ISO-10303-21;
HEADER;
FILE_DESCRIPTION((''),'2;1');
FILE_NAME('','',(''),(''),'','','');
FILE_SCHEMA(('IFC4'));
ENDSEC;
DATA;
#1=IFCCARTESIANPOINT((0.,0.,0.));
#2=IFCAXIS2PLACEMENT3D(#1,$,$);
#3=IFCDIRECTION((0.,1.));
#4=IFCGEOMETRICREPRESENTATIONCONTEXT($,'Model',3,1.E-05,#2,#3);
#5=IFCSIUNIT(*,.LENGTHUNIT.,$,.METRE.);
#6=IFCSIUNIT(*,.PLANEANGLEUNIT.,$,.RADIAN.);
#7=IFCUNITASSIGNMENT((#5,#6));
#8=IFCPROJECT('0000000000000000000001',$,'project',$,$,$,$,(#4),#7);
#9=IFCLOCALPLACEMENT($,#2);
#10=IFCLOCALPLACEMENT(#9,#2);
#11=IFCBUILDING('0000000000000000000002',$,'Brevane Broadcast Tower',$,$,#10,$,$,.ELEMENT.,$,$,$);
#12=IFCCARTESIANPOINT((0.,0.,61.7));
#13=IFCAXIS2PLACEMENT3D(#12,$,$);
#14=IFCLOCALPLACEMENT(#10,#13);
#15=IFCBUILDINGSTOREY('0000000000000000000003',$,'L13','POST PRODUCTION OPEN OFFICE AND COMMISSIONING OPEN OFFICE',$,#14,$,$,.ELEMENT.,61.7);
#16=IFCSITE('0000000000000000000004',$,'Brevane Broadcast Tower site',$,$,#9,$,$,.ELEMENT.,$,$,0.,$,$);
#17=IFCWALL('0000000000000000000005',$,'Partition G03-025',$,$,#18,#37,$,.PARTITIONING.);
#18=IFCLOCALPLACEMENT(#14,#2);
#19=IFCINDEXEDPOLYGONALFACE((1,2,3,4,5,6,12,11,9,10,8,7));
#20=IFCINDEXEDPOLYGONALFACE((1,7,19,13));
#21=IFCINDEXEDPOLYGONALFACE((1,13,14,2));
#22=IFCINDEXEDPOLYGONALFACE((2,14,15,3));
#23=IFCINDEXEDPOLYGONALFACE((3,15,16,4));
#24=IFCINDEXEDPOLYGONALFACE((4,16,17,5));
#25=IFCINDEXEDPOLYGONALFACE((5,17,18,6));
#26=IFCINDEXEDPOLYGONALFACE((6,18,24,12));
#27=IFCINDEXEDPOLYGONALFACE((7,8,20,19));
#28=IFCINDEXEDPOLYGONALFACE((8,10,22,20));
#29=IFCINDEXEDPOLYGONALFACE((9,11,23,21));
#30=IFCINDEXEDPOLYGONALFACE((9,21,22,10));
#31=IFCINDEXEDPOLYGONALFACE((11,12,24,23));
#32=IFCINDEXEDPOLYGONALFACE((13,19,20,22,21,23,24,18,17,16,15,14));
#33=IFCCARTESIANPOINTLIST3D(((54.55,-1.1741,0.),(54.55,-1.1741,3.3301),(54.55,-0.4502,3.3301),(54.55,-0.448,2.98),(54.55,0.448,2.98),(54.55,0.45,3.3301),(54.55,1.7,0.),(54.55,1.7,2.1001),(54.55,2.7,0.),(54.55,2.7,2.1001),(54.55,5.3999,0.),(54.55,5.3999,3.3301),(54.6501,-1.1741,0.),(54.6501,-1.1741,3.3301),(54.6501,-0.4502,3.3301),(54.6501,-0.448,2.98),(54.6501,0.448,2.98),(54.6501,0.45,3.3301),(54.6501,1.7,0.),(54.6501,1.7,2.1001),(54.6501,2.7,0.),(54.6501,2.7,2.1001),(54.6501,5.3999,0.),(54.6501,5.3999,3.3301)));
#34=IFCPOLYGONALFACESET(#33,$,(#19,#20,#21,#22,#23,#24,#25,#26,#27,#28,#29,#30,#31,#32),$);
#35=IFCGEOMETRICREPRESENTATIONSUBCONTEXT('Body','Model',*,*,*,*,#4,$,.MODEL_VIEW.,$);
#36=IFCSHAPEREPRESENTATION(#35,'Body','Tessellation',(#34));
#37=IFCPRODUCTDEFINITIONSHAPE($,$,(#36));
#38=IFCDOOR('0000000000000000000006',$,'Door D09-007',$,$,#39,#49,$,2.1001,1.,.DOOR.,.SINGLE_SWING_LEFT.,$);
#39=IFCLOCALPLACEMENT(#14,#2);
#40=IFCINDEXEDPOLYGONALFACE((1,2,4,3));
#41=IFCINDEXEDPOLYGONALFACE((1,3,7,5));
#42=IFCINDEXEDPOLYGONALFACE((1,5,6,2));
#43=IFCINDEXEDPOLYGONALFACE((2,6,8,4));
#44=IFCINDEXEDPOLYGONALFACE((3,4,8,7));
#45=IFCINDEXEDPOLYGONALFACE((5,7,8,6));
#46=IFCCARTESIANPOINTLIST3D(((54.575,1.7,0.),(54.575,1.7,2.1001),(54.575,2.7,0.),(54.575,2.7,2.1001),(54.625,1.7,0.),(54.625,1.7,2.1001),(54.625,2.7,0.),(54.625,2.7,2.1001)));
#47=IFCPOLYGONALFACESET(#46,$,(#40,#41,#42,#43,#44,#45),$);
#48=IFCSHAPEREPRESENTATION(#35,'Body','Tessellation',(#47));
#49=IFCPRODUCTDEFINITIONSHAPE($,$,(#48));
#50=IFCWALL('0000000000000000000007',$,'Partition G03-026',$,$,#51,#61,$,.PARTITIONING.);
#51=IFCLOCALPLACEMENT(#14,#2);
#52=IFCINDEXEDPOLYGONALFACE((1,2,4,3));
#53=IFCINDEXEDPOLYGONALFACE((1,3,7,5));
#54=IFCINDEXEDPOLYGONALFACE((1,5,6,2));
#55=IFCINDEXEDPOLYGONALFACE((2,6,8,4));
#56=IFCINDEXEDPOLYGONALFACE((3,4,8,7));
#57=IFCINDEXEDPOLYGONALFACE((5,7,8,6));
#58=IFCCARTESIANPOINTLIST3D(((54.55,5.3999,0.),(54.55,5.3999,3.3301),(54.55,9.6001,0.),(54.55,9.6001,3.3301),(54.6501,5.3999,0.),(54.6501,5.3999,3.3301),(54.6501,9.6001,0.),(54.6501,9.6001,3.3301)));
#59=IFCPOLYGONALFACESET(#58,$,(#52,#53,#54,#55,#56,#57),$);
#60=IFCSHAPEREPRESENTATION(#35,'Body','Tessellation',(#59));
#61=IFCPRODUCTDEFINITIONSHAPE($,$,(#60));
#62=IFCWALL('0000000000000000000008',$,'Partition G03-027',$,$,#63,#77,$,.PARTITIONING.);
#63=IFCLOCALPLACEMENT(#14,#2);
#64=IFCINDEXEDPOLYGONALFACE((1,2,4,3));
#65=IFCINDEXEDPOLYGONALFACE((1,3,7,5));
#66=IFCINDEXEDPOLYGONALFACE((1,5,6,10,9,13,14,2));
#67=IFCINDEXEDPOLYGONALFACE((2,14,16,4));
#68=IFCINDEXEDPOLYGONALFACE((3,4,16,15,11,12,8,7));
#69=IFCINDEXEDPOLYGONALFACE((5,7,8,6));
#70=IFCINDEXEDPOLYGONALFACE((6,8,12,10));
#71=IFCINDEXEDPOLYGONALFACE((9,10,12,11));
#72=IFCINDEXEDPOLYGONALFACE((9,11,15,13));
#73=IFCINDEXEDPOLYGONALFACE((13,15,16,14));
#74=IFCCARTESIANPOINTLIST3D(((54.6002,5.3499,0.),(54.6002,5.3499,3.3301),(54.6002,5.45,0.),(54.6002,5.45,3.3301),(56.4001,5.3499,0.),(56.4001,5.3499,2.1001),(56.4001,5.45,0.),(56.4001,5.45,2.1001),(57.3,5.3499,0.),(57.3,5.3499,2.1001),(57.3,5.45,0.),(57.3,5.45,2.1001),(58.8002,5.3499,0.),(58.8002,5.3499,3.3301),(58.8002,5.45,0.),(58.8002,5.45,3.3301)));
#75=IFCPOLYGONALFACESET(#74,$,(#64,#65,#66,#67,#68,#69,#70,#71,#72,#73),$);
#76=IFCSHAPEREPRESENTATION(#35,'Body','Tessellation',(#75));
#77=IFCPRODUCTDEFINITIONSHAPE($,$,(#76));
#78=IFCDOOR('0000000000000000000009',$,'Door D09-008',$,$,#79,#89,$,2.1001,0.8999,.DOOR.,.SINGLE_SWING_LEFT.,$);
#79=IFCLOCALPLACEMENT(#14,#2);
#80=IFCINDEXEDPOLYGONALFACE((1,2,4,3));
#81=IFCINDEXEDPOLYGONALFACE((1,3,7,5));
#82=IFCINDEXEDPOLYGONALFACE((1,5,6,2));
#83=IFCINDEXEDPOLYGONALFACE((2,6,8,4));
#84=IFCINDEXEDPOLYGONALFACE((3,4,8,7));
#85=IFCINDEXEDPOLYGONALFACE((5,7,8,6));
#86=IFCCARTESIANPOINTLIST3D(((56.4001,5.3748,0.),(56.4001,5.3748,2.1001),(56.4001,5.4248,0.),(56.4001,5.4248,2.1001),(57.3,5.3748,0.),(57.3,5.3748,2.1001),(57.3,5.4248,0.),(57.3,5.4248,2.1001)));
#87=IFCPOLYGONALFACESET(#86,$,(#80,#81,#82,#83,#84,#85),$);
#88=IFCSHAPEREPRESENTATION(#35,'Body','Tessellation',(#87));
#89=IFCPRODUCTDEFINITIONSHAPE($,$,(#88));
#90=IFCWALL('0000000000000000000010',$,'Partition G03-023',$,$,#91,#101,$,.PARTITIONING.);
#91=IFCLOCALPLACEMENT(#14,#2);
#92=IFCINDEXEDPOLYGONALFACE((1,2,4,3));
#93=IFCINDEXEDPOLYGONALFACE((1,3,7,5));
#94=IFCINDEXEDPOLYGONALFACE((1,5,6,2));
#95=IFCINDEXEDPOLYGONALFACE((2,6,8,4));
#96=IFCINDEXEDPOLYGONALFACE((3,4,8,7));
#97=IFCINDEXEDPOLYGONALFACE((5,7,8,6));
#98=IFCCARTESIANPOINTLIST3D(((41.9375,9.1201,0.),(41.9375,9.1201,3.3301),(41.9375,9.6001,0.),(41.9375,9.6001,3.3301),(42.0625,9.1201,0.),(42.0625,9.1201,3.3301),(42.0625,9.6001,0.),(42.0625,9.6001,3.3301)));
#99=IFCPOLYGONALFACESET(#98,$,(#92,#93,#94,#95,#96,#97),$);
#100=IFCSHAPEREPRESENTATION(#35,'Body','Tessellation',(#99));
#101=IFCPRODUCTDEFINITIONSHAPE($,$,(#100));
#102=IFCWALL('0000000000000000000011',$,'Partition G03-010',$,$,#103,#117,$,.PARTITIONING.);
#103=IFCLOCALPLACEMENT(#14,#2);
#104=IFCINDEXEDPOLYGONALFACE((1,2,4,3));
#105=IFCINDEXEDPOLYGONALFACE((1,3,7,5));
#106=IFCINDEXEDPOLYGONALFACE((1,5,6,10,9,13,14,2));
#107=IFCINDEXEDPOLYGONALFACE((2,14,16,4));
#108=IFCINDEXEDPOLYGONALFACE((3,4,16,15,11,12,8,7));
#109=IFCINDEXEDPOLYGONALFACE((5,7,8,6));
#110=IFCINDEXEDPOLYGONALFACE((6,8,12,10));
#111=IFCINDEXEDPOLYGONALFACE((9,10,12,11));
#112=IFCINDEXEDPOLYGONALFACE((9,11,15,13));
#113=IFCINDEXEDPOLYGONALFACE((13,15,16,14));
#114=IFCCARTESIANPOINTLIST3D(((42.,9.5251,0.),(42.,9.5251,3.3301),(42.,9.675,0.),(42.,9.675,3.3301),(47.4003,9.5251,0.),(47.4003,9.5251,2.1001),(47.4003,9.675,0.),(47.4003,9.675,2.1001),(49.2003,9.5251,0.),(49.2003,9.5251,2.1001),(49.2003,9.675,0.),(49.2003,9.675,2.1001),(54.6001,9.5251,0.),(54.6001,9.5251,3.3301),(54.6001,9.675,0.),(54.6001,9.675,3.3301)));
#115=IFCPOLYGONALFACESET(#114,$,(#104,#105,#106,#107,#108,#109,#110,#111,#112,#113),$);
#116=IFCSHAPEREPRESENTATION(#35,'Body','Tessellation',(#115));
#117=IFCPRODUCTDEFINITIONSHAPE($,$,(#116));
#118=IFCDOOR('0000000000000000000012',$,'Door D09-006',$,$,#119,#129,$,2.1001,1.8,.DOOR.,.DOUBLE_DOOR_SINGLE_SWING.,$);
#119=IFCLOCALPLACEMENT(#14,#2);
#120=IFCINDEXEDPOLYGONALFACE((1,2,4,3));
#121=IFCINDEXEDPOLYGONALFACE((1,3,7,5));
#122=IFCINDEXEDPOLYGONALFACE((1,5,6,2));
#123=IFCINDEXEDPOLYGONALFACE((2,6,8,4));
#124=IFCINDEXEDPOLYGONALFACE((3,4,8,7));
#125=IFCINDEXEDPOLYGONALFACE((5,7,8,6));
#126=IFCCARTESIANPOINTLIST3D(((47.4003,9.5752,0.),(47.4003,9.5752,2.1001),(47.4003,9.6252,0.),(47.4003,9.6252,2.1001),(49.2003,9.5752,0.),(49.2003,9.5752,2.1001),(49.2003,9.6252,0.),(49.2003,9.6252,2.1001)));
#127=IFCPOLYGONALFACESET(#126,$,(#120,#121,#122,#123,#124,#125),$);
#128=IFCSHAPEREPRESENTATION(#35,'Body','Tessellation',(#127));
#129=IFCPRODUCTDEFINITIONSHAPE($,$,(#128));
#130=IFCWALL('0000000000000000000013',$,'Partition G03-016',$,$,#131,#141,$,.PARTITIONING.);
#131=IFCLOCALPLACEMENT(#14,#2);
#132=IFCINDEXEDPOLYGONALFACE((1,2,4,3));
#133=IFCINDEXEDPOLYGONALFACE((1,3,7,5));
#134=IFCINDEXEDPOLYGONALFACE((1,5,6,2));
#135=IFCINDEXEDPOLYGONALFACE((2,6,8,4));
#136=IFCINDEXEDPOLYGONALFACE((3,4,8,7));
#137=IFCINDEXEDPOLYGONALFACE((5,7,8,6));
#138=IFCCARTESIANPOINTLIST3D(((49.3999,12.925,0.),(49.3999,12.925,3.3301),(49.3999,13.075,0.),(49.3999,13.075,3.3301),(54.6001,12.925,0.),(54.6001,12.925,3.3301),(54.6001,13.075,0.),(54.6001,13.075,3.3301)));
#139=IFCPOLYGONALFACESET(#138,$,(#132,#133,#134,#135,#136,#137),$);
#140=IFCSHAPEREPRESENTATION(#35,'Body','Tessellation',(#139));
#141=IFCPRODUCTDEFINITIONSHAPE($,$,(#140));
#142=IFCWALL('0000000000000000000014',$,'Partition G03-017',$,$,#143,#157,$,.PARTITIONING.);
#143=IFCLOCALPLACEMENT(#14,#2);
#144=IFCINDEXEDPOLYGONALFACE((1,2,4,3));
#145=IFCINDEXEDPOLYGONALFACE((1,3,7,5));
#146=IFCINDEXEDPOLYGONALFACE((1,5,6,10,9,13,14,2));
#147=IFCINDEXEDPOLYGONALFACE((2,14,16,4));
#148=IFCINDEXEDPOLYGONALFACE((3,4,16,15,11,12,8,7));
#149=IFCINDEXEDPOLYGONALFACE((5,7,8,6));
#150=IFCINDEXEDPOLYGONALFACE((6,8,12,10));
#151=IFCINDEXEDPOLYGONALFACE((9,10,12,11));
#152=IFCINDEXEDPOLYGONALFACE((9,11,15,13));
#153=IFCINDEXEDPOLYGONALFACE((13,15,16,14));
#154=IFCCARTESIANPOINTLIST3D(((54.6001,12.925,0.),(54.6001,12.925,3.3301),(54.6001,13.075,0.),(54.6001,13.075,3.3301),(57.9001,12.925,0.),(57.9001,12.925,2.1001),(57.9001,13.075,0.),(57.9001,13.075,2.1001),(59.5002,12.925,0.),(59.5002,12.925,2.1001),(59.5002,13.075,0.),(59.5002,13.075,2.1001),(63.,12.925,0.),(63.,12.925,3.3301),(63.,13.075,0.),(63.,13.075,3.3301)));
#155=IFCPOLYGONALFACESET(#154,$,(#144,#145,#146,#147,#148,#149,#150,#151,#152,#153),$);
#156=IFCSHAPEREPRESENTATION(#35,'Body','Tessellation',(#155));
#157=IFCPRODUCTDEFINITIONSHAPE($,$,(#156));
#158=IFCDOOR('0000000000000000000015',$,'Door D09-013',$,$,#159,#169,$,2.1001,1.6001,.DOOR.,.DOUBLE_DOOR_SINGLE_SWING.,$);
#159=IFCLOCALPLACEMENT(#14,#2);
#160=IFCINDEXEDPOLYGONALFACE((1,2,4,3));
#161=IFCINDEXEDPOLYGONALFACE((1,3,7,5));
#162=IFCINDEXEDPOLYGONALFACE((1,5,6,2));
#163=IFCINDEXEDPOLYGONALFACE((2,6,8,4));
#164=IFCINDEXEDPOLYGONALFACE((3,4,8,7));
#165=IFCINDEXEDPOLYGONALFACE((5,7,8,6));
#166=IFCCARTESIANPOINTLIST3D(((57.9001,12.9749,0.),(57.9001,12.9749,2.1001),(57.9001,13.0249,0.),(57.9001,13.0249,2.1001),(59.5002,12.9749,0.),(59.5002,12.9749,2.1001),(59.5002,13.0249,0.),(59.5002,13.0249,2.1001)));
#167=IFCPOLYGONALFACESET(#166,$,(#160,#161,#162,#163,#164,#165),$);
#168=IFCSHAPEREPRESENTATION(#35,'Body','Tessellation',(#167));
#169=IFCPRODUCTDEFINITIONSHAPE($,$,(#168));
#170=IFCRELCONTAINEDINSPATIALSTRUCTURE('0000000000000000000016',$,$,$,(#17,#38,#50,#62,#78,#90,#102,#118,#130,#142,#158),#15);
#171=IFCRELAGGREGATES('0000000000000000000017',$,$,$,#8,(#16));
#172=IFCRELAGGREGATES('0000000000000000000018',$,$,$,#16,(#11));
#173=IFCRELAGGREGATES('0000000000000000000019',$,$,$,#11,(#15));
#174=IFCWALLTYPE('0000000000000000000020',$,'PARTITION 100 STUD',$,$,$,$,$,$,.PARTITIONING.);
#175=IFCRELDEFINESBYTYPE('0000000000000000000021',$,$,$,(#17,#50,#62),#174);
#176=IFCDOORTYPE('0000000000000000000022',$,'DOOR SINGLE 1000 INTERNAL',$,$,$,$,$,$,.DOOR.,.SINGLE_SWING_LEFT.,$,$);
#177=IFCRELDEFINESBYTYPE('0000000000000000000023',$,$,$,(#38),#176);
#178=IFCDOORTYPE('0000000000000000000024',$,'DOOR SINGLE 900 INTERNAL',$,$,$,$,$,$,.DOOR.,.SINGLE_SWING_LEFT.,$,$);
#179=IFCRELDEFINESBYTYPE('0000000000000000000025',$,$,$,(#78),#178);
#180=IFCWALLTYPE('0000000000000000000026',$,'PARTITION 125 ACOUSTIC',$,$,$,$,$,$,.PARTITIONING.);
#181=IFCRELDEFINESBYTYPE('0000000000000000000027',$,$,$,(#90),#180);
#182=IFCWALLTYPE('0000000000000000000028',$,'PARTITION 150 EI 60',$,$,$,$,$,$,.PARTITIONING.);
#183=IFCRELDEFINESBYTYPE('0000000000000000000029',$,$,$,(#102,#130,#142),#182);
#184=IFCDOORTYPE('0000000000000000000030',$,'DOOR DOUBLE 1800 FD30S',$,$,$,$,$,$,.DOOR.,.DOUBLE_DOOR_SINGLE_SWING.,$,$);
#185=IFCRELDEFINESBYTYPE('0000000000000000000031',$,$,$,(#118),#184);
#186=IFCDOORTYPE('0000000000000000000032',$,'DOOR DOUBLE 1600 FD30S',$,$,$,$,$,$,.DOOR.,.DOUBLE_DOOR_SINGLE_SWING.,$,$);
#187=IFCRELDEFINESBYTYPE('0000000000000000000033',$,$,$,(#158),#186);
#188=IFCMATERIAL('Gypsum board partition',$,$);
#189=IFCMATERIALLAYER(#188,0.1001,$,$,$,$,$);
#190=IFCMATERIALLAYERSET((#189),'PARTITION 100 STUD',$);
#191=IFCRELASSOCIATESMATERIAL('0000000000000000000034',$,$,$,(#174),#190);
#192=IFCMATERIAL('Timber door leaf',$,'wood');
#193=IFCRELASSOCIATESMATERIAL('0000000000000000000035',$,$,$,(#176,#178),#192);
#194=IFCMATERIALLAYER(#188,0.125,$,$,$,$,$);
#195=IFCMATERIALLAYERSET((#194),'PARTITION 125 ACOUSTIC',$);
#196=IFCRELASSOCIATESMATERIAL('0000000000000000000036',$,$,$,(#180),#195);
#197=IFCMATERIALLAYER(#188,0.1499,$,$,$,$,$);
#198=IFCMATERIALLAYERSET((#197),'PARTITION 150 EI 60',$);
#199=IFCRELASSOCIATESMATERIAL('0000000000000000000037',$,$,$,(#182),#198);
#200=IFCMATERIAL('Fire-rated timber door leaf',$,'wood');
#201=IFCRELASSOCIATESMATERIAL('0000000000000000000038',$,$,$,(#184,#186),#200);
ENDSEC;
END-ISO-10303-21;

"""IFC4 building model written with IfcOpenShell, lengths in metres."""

from ifc_helpers import new_model, si_unit, direction, frame, frame_2d, origin, place, context, subcontext, project, spatial, polyline, rectangle, outline, extrude, material, layer, layer_set, type_object, element, fill, save


model = new_model("IFC4")

# Units and contexts
model_context = context("Model", 3, precision=1e-05, world=origin(), true_north=direction((0.0, 1.0)))
body_context = subcontext(model_context, "Body", "Model", "MODEL_VIEW")
ifc_project = project(units=[si_unit("LENGTHUNIT", "METRE"), si_unit("PLANEANGLEUNIT", "RADIAN")], contexts=[model_context])

# Site, building, storey
site_placement = place(None, origin())
site = spatial("IfcSite", under=ifc_project, at=site_placement, Name="Brevane Broadcast Tower site", CompositionType="ELEMENT", RefElevation=0.0)
building_placement = place(site_placement, origin())
building = spatial("IfcBuilding", under=site, at=building_placement, Name="Brevane Broadcast Tower", CompositionType="ELEMENT")
storey_placement = place(building_placement, frame((0.0, 0.0, 61.7)))
storey = spatial("IfcBuildingStorey", under=building, at=storey_placement, Name="L13", Description="POST PRODUCTION OPEN OFFICE AND COMMISSIONING OPEN OFFICE", CompositionType="ELEMENT", Elevation=61.7)

# Wall, opening, door
ifc_material_1 = material(Name="Gypsum board partition")
ifc_layer_1 = layer(ifc_material_1, 0.1001)
ifc_layer_set_1 = layer_set([ifc_layer_1], Name="PARTITION 100 STUD")
wall_type_1 = type_object("IfcWallType", Name="PARTITION 100 STUD", PredefinedType="PARTITIONING", material=ifc_layer_set_1)
wall_1_placement = place(storey_placement, frame((54.6001, 5.3999, 0.0), z_axis=(0.0, 0.0, 1.0), x_axis=(0.0, -1.0, 0.0)))
wall_1 = element("IfcWall", 1, at=wall_1_placement, inside=storey, type_object=wall_type_1, Name="Partition G03-025", PredefinedType="PARTITIONING", context=body_context, shape_type="SweptSolid", body=[
    extrude(outline(polyline([(0.0, 0.0), (6.574, 0.0), (6.574, 3.3301), (6.5, 3.3301), (5.8501, 3.3301), (5.8479, 2.98), (4.9519, 2.98), (4.95, 3.3301), (0.0, 3.3301), (0.0, 0.0)])), frame((0.0, 0.05, 0.0), z_axis=(0.0, -1.0, 0.0), x_axis=(1.0, 0.0, 0.0)), (0.0, 0.0, 1.0), 0.1001),
])
opening_1_placement = place(wall_1_placement, frame((2.7, 0.0, 0.0)))
opening_1 = element("IfcOpeningElement", 2, at=opening_1_placement, cuts=wall_1, PredefinedType="OPENING", context=body_context, shape_type="SweptSolid", body=[
    extrude(rectangle(XDim=1.0, YDim=2.1001, at=frame_2d((0.5, 1.05))), frame((0.0, 0.0601, 0.0), z_axis=(0.0, -1.0, 0.0), x_axis=(1.0, 0.0, 0.0)), (0.0, 0.0, 1.0), 0.1201),
])
ifc_material_2 = material(Name="Timber door leaf", Category="wood")
door_type_1 = type_object("IfcDoorType", Name="DOOR SINGLE 1000 INTERNAL", OperationType="SINGLE_SWING_LEFT", PredefinedType="DOOR", material=ifc_material_2)
door_1_placement = place(opening_1_placement, origin())
door_1 = element("IfcDoor", 3, at=door_1_placement, inside=storey, type_object=door_type_1, Name="Door D09-007", OperationType="SINGLE_SWING_LEFT", OverallHeight=2.1001, OverallWidth=1.0, PredefinedType="DOOR", context=body_context, shape_type="SweptSolid", body=[
    extrude(rectangle(XDim=1.0, YDim=2.1001, at=frame_2d((0.5, 1.05))), frame((0.0, 0.0249, 0.0), z_axis=(0.0, -1.0, 0.0), x_axis=(1.0, 0.0, 0.0)), (0.0, 0.0, 1.0), 0.05),
])
fill(opening_1, door_1)

# Wall
wall_2_placement = place(storey_placement, frame((54.6001, 9.6001, 0.0), z_axis=(0.0, 0.0, 1.0), x_axis=(0.0, -1.0, 0.0)))
element("IfcWall", 4, at=wall_2_placement, inside=storey, type_object=wall_type_1, Name="Partition G03-026", PredefinedType="PARTITIONING", context=body_context, shape_type="SweptSolid", body=[
    extrude(rectangle(XDim=4.2002, YDim=0.1001, at=frame_2d((2.1001, 0.0))), origin(), (0.0, 0.0, 1.0), 3.3301),
])

# Wall, opening, door
wall_3_placement = place(storey_placement, frame((54.6001, 5.3999, 0.0), z_axis=(0.0, 0.0, 1.0), x_axis=(1.0, 0.0, 0.0)))
wall_3 = element("IfcWall", 5, at=wall_3_placement, inside=storey, type_object=wall_type_1, Name="Partition G03-027", PredefinedType="PARTITIONING", context=body_context, shape_type="SweptSolid", body=[
    extrude(rectangle(XDim=4.2, YDim=0.1001, at=frame_2d((2.1001, 0.0))), origin(), (0.0, 0.0, 1.0), 3.3301),
])
opening_2_placement = place(wall_3_placement, frame((1.8, 0.0, 0.0)))
opening_2 = element("IfcOpeningElement", 6, at=opening_2_placement, cuts=wall_3, PredefinedType="OPENING", context=body_context, shape_type="SweptSolid", body=[
    extrude(rectangle(XDim=0.8999, YDim=2.1001, at=frame_2d((0.45, 1.05))), frame((0.0, 0.0601, 0.0), z_axis=(0.0, -1.0, 0.0), x_axis=(1.0, 0.0, 0.0)), (0.0, 0.0, 1.0), 0.1201),
])
door_type_2 = type_object("IfcDoorType", Name="DOOR SINGLE 900 INTERNAL", OperationType="SINGLE_SWING_LEFT", PredefinedType="DOOR", material=ifc_material_2)
door_2_placement = place(opening_2_placement, origin())
door_2 = element("IfcDoor", 7, at=door_2_placement, inside=storey, type_object=door_type_2, Name="Door D09-008", OperationType="SINGLE_SWING_LEFT", OverallHeight=2.1001, OverallWidth=0.8999, PredefinedType="DOOR", context=body_context, shape_type="SweptSolid", body=[
    extrude(rectangle(XDim=0.8999, YDim=2.1001, at=frame_2d((0.45, 1.05))), frame((0.0, 0.0249, 0.0), z_axis=(0.0, -1.0, 0.0), x_axis=(1.0, 0.0, 0.0)), (0.0, 0.0, 1.0), 0.05),
])
fill(opening_2, door_2)

# Wall
ifc_layer_2 = layer(ifc_material_1, 0.125)
ifc_layer_set_2 = layer_set([ifc_layer_2], Name="PARTITION 125 ACOUSTIC")
wall_type_2 = type_object("IfcWallType", Name="PARTITION 125 ACOUSTIC", PredefinedType="PARTITIONING", material=ifc_layer_set_2)
wall_4_placement = place(storey_placement, frame((42.0, 9.6001, 0.0), z_axis=(0.0, 0.0, 1.0), x_axis=(0.0, -1.0, 0.0)))
element("IfcWall", 8, at=wall_4_placement, inside=storey, type_object=wall_type_2, Name="Partition G03-023", PredefinedType="PARTITIONING", context=body_context, shape_type="SweptSolid", body=[
    extrude(rectangle(XDim=0.48, YDim=0.125, at=frame_2d((0.24, 0.0))), origin(), (0.0, 0.0, 1.0), 3.3301),
])

# Wall, opening, door
ifc_layer_3 = layer(ifc_material_1, 0.1499)
ifc_layer_set_3 = layer_set([ifc_layer_3], Name="PARTITION 150 EI 60")
wall_type_3 = type_object("IfcWallType", Name="PARTITION 150 EI 60", PredefinedType="PARTITIONING", material=ifc_layer_set_3)
wall_5_placement = place(storey_placement, frame((54.6001, 9.6001, 0.0), z_axis=(0.0, 0.0, 1.0), x_axis=(-1.0, 0.0, 0.0)))
wall_5 = element("IfcWall", 9, at=wall_5_placement, inside=storey, type_object=wall_type_3, Name="Partition G03-010", PredefinedType="PARTITIONING", context=body_context, shape_type="SweptSolid", body=[
    extrude(rectangle(XDim=12.6001, YDim=0.1499, at=frame_2d((6.3, 0.0))), origin(), (0.0, 0.0, 1.0), 3.3301),
])
opening_3_placement = place(wall_5_placement, frame((5.3999, 0.0, 0.0)))
opening_3 = element("IfcOpeningElement", 10, at=opening_3_placement, cuts=wall_5, PredefinedType="OPENING", context=body_context, shape_type="SweptSolid", body=[
    extrude(rectangle(XDim=1.8, YDim=2.1001, at=frame_2d((0.8999, 1.05))), frame((0.0, 0.085, 0.0), z_axis=(0.0, -1.0, 0.0), x_axis=(1.0, 0.0, 0.0)), (0.0, 0.0, 1.0), 0.1699),
])
ifc_material_3 = material(Name="Fire-rated timber door leaf", Category="wood")
door_type_3 = type_object("IfcDoorType", Name="DOOR DOUBLE 1800 FD30S", OperationType="DOUBLE_DOOR_SINGLE_SWING", PredefinedType="DOOR", material=ifc_material_3)
door_3_placement = place(opening_3_placement, origin())
door_3 = element("IfcDoor", 11, at=door_3_placement, inside=storey, type_object=door_type_3, Name="Door D09-006", OperationType="DOUBLE_DOOR_SINGLE_SWING", OverallHeight=2.1001, OverallWidth=1.8, PredefinedType="DOOR", context=body_context, shape_type="SweptSolid", body=[
    extrude(rectangle(XDim=1.8, YDim=2.1001, at=frame_2d((0.8999, 1.05))), frame((0.0, 0.0249, 0.0), z_axis=(0.0, -1.0, 0.0), x_axis=(1.0, 0.0, 0.0)), (0.0, 0.0, 1.0), 0.05),
])
fill(opening_3, door_3)

# Wall
wall_6_placement = place(storey_placement, frame((49.3999, 13.0, 0.0), z_axis=(0.0, 0.0, 1.0), x_axis=(1.0, 0.0, 0.0)))
element("IfcWall", 12, at=wall_6_placement, inside=storey, type_object=wall_type_3, Name="Partition G03-016", PredefinedType="PARTITIONING", context=body_context, shape_type="SweptSolid", body=[
    extrude(rectangle(XDim=5.2002, YDim=0.1499, at=frame_2d((2.6001, 0.0))), origin(), (0.0, 0.0, 1.0), 3.3301),
])

# Wall, opening, door
wall_7_placement = place(storey_placement, frame((54.6001, 13.0, 0.0), z_axis=(0.0, 0.0, 1.0), x_axis=(1.0, 0.0, 0.0)))
wall_7 = element("IfcWall", 13, at=wall_7_placement, inside=storey, type_object=wall_type_3, Name="Partition G03-017", PredefinedType="PARTITIONING", context=body_context, shape_type="SweptSolid", body=[
    extrude(rectangle(XDim=8.3999, YDim=0.1499, at=frame_2d((4.2, 0.0))), origin(), (0.0, 0.0, 1.0), 3.3301),
])
opening_4_placement = place(wall_7_placement, frame((3.3, 0.0, 0.0)))
opening_4 = element("IfcOpeningElement", 14, at=opening_4_placement, cuts=wall_7, PredefinedType="OPENING", context=body_context, shape_type="SweptSolid", body=[
    extrude(rectangle(XDim=1.6001, YDim=2.1001, at=frame_2d((0.8, 1.05))), frame((0.0, 0.085, 0.0), z_axis=(0.0, -1.0, 0.0), x_axis=(1.0, 0.0, 0.0)), (0.0, 0.0, 1.0), 0.1699),
])
door_type_4 = type_object("IfcDoorType", Name="DOOR DOUBLE 1600 FD30S", OperationType="DOUBLE_DOOR_SINGLE_SWING", PredefinedType="DOOR", material=ifc_material_3)
door_4_placement = place(opening_4_placement, origin())
door_4 = element("IfcDoor", 15, at=door_4_placement, inside=storey, type_object=door_type_4, Name="Door D09-013", OperationType="DOUBLE_DOOR_SINGLE_SWING", OverallHeight=2.1001, OverallWidth=1.6001, PredefinedType="DOOR", context=body_context, shape_type="SweptSolid", body=[
    extrude(rectangle(XDim=1.6001, YDim=2.1001, at=frame_2d((0.8, 1.05))), frame((0.0, 0.0249, 0.0), z_axis=(0.0, -1.0, 0.0), x_axis=(1.0, 0.0, 0.0)), (0.0, 0.0, 1.0), 0.05),
])
fill(opening_4, door_4)

save(model, "model.ifc")
